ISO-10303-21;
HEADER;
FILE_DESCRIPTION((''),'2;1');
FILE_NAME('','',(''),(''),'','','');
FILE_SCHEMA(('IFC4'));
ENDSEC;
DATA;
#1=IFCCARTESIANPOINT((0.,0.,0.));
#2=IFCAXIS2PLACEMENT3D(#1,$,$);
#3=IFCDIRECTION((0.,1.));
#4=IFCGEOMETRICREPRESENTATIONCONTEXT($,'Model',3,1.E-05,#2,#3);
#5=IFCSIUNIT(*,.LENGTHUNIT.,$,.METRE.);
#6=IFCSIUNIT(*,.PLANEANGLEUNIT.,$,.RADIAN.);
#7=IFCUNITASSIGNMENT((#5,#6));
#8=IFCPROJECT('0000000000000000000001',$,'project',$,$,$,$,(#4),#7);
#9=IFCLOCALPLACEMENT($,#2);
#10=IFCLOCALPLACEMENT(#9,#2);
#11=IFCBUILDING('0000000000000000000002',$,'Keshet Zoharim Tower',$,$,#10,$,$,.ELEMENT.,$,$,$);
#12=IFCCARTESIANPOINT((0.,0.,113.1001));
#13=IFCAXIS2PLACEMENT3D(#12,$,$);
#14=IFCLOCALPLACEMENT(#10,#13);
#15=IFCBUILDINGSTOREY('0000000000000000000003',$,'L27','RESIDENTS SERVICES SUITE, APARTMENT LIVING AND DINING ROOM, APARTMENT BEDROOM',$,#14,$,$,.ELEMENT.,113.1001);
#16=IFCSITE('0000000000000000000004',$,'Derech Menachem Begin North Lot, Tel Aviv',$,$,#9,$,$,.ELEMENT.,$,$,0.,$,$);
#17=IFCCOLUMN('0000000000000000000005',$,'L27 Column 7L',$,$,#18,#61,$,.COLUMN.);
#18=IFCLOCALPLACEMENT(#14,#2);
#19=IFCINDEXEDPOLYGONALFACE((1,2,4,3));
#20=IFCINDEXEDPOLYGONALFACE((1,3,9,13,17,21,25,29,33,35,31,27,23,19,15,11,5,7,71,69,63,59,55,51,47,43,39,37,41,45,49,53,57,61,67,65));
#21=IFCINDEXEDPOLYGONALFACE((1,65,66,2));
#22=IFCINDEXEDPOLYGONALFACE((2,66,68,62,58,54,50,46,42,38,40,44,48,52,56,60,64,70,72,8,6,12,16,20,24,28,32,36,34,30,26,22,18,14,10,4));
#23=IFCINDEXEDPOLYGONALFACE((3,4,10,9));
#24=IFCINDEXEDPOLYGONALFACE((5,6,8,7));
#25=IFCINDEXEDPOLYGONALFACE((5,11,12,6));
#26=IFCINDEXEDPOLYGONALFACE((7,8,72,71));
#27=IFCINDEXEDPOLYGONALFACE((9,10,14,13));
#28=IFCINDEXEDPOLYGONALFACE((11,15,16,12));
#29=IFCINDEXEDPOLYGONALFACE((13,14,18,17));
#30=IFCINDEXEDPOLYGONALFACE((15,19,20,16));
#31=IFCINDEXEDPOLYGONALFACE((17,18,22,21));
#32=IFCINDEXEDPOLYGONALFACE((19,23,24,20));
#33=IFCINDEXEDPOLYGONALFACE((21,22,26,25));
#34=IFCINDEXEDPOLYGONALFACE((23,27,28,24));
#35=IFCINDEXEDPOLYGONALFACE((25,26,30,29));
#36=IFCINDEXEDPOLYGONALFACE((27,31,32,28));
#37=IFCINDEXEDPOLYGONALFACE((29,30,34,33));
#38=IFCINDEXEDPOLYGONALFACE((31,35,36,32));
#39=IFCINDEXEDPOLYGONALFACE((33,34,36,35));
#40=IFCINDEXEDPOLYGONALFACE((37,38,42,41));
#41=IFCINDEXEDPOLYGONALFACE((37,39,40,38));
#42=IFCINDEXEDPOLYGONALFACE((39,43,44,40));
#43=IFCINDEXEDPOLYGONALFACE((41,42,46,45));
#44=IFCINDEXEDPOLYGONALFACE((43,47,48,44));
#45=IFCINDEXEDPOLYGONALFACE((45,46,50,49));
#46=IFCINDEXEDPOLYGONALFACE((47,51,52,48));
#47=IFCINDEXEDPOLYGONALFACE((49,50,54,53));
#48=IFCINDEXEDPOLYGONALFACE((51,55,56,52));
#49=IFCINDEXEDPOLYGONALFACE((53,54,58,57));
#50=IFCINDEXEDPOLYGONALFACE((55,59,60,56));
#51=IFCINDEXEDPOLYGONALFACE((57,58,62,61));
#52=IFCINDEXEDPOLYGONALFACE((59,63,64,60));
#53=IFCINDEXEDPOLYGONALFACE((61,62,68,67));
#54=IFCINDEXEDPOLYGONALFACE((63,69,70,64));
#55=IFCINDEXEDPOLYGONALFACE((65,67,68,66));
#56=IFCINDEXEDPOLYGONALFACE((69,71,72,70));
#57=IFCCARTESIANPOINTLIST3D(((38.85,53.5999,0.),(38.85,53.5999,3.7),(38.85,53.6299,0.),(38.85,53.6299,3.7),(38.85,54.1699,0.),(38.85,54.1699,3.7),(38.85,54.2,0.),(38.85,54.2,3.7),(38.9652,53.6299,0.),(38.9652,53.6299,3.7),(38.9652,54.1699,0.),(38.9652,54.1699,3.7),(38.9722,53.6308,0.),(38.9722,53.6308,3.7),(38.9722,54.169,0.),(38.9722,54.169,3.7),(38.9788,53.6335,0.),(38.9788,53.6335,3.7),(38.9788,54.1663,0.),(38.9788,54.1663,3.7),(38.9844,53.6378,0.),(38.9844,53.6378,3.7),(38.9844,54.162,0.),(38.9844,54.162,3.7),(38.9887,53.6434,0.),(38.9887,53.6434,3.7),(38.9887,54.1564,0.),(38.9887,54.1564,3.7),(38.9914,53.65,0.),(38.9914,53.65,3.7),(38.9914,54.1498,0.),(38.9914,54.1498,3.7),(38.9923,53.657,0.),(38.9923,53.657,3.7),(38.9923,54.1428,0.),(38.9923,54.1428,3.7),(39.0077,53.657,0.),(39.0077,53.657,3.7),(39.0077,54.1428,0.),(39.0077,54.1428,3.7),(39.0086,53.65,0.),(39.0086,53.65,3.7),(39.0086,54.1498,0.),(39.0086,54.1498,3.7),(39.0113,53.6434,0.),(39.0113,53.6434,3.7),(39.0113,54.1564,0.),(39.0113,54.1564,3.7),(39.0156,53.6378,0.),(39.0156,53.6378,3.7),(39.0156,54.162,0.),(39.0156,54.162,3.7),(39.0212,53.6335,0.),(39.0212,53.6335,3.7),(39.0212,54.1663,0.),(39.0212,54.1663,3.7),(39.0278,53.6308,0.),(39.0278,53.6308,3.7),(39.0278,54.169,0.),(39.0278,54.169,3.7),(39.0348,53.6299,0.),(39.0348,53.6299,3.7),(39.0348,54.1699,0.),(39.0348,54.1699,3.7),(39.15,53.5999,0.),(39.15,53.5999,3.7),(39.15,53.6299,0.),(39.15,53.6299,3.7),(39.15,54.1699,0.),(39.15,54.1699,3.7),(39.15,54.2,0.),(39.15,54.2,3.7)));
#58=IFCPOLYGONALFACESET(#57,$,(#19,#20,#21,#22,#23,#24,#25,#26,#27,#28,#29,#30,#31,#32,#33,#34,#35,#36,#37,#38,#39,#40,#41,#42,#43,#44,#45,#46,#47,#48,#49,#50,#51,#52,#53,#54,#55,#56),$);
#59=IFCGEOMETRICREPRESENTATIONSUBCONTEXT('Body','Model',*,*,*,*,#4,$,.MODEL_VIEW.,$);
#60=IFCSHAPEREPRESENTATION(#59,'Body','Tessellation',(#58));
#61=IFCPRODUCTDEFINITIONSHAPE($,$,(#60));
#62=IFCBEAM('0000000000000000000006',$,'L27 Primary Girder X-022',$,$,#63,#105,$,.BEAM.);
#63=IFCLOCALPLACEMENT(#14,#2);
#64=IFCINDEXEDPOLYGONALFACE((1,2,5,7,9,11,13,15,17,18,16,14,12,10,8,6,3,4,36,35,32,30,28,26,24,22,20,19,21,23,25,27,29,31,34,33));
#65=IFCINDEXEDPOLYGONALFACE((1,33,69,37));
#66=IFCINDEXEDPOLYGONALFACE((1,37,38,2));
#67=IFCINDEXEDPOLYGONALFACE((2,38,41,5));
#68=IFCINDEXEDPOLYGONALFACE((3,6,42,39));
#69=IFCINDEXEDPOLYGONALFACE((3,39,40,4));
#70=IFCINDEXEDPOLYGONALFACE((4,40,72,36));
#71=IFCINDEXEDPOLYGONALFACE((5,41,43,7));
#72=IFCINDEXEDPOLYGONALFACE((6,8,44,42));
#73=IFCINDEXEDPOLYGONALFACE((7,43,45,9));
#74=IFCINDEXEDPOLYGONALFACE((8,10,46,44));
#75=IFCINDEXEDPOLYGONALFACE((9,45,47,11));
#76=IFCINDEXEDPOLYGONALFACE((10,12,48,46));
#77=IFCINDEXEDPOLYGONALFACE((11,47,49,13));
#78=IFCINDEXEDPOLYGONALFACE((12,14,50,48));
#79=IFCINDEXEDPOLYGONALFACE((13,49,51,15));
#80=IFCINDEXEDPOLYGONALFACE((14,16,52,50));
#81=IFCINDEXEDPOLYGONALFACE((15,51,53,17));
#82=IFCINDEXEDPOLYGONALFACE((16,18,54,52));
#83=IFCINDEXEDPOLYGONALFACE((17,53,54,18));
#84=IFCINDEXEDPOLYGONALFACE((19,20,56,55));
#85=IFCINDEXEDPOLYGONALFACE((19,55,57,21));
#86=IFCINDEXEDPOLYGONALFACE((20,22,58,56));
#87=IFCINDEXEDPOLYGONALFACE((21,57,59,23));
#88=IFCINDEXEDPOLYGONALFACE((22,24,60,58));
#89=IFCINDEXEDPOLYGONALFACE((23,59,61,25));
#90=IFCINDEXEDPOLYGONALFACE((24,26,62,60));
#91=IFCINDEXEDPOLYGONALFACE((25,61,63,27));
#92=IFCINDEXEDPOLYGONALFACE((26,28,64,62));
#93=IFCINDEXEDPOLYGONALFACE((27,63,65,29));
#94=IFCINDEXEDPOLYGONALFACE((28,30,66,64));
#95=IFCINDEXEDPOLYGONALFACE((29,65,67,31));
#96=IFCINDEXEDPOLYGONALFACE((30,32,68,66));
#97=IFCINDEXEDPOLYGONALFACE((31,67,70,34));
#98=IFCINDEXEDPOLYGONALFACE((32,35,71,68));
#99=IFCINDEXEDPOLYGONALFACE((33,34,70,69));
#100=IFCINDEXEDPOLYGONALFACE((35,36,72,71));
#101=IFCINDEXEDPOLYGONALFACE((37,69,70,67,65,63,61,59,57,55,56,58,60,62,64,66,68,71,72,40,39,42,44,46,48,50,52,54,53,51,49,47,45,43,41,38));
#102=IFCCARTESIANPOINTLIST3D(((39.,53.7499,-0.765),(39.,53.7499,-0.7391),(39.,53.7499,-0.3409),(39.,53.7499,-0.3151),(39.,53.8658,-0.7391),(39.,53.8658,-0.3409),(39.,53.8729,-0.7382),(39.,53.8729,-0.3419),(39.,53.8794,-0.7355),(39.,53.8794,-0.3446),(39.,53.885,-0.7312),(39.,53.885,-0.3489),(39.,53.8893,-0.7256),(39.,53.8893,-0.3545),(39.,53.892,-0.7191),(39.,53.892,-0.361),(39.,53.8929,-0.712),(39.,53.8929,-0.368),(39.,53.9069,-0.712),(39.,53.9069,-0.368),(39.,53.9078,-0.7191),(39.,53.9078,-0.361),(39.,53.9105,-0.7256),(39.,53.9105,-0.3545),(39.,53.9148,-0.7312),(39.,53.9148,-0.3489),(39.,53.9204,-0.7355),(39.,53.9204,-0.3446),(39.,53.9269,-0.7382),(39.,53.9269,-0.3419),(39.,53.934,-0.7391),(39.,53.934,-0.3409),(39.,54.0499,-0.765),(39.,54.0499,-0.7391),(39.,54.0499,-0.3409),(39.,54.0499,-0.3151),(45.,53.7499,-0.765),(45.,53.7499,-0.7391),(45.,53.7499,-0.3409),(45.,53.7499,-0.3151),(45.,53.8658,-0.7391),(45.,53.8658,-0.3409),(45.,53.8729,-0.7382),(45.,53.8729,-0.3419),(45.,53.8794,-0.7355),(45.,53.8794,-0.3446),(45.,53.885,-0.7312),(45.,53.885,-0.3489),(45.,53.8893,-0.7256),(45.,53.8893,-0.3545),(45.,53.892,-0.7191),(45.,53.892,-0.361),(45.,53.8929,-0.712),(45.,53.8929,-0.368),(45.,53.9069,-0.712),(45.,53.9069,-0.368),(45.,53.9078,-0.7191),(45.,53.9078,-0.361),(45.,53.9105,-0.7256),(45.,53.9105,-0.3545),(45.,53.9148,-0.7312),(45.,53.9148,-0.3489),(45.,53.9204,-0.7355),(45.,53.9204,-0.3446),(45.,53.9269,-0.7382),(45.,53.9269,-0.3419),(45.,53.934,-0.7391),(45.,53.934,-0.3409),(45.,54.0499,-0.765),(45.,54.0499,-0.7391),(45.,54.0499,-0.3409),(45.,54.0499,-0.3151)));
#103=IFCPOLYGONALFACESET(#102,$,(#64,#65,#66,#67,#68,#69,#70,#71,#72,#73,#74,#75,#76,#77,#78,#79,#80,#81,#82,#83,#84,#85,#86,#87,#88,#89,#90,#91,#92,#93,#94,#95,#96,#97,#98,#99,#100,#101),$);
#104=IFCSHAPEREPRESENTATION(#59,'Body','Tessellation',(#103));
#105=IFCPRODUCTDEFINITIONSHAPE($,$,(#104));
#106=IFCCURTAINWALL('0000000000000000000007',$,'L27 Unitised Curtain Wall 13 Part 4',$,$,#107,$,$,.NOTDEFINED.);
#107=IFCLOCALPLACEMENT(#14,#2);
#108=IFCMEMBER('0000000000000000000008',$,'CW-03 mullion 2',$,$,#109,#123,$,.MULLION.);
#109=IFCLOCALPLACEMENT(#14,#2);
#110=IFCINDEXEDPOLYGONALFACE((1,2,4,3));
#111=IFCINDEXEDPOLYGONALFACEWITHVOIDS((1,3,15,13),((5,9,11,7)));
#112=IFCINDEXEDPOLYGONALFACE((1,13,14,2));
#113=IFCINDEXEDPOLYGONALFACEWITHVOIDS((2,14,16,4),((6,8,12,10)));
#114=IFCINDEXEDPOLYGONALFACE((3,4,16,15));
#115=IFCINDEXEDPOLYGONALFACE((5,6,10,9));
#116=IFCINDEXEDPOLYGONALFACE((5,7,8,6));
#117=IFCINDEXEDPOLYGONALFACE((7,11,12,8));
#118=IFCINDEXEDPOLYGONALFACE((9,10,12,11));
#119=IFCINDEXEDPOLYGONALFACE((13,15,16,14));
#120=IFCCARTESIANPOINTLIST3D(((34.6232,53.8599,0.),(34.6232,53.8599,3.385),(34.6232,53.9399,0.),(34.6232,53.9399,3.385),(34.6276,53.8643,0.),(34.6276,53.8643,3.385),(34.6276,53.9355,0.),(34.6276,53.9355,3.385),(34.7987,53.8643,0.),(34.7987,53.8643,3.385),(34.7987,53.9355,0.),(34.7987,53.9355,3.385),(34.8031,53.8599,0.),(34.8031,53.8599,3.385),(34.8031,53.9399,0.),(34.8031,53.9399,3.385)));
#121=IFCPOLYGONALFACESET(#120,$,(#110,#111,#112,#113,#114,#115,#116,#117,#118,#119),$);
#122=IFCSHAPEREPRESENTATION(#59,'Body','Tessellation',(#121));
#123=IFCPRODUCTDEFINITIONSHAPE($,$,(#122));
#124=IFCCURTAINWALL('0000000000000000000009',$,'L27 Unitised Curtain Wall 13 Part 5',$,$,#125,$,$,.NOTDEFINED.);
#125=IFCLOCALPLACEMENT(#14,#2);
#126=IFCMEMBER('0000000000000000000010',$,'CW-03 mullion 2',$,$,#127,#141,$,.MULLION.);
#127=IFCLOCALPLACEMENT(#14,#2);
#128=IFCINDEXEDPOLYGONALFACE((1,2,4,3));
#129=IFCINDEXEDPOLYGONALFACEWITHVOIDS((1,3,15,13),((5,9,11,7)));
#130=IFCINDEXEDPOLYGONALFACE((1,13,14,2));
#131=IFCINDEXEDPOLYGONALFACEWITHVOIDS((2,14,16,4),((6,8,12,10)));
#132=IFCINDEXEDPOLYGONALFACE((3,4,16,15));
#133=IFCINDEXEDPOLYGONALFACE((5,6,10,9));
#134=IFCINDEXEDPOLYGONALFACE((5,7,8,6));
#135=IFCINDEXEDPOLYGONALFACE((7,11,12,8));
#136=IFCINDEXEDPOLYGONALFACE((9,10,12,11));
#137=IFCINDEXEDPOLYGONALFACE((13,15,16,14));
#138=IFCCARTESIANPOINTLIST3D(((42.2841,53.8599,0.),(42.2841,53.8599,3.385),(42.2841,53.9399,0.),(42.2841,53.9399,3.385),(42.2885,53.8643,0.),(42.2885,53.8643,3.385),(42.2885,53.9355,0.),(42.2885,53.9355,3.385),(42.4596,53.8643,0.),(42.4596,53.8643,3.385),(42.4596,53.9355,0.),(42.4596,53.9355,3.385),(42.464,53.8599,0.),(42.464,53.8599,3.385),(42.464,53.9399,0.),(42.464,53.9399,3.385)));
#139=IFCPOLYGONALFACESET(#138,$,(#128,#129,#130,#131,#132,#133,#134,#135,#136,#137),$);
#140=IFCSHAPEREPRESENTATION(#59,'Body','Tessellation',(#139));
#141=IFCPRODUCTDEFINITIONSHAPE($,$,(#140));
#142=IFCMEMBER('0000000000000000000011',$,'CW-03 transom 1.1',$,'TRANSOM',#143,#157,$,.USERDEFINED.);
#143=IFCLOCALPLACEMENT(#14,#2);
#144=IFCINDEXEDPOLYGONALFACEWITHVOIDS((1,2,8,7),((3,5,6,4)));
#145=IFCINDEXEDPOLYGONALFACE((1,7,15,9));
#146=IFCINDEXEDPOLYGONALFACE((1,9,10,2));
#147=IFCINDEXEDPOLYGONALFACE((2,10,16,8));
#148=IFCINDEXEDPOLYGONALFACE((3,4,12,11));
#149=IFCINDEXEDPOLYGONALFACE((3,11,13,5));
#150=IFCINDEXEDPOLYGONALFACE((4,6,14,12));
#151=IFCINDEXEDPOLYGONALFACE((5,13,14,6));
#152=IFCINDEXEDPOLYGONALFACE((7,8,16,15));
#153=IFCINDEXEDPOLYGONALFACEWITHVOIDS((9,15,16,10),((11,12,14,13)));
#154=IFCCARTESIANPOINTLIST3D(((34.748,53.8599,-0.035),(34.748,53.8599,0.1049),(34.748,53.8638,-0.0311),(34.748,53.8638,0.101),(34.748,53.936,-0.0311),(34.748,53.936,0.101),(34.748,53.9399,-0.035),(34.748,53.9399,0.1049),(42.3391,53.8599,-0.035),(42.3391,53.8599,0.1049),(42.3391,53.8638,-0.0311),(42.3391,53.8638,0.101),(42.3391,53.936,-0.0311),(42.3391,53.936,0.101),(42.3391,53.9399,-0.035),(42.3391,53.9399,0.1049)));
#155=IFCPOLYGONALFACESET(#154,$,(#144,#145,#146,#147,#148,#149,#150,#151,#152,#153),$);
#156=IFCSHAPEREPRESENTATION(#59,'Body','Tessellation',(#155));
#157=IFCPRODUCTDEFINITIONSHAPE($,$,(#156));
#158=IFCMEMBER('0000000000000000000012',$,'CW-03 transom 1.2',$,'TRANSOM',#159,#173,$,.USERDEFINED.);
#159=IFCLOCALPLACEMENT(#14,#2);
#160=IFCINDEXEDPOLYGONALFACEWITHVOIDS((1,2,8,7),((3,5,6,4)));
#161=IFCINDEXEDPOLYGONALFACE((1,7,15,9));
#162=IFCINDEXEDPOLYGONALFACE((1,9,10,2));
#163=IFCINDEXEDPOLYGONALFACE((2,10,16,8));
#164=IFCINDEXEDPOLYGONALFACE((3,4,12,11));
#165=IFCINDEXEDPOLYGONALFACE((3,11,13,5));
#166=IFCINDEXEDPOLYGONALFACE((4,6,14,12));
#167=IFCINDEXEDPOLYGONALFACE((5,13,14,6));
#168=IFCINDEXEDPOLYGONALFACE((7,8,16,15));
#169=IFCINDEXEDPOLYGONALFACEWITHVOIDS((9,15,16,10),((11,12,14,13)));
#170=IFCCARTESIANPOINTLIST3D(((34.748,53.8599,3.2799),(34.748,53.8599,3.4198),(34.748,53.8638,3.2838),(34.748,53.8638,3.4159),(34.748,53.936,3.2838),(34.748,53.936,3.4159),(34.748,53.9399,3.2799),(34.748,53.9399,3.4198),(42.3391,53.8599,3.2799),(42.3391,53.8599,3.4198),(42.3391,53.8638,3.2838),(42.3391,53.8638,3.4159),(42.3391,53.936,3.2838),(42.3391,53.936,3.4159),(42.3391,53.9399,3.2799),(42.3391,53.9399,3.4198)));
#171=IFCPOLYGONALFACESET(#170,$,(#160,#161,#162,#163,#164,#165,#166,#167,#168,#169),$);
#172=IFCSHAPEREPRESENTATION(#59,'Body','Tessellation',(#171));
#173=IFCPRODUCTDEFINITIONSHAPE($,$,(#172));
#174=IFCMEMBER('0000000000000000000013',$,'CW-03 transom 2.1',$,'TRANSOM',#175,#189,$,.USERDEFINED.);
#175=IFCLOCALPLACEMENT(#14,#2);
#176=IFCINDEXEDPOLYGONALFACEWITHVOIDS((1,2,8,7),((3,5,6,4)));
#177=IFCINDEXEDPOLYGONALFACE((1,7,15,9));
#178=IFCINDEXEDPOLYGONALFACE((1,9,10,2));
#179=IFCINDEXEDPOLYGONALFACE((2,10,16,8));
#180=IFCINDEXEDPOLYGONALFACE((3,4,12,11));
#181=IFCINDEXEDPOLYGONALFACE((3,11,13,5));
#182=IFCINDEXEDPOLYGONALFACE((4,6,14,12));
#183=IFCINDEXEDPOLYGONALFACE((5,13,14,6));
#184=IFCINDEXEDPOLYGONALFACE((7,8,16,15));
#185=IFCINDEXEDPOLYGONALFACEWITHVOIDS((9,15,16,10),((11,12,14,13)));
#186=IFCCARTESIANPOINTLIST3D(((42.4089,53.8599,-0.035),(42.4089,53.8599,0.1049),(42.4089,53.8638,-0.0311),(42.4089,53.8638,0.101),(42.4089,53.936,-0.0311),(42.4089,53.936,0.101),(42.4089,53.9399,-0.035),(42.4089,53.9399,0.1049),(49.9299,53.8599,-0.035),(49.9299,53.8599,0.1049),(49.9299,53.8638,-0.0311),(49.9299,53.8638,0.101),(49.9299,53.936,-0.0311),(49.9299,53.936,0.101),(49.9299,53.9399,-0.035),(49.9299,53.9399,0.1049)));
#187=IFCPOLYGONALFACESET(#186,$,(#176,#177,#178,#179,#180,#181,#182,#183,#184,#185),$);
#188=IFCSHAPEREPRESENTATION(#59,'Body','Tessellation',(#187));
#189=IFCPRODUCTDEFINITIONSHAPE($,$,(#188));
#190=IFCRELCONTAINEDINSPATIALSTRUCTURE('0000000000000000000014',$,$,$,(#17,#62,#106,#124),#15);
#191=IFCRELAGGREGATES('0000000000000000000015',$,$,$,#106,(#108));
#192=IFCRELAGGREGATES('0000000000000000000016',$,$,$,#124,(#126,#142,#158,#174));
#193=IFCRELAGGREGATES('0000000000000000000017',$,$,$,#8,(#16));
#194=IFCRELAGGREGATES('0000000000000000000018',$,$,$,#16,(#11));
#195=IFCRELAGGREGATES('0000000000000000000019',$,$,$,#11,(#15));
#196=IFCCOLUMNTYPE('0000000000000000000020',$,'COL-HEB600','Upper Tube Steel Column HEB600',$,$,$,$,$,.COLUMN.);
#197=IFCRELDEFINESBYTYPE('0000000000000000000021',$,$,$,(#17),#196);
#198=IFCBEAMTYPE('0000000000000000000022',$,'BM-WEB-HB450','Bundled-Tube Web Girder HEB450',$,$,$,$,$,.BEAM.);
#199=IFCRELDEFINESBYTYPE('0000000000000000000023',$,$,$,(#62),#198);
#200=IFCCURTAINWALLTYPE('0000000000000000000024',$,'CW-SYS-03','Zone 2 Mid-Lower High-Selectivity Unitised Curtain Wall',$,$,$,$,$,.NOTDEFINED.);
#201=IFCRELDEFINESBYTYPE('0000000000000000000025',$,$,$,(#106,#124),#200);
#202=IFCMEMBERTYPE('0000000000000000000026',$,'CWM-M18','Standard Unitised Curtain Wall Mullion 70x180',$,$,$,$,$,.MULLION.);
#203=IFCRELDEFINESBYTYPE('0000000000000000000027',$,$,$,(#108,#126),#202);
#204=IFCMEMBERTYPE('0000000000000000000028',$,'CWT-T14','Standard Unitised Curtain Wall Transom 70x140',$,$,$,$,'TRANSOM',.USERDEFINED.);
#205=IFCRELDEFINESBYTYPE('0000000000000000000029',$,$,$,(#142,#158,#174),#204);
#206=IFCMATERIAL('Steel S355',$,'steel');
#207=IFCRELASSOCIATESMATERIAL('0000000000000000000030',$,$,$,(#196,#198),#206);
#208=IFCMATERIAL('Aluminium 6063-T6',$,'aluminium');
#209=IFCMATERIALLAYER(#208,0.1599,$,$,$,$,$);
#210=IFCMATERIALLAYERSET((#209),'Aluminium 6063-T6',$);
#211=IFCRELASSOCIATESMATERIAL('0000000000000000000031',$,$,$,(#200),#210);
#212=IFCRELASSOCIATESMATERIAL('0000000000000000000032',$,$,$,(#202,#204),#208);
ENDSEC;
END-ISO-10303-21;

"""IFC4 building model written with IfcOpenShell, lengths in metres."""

from ifc_helpers import new_model, si_unit, direction, frame, origin, origin_2d, place, context, subcontext, project, spatial, hollow_rectangle, i_section, extrude, material, layer, layer_set, material_profile, profile_set, type_object, element, aggregate, save


model = new_model("IFC4")

# Units and contexts
model_context = context("Model", 3, precision=1e-05, world=origin(), true_north=direction((0.0, 1.0)))
body_context = subcontext(model_context, "Body", "Model", "MODEL_VIEW")
ifc_project = project(units=[si_unit("LENGTHUNIT", "METRE"), si_unit("PLANEANGLEUNIT", "RADIAN")], contexts=[model_context])

# Site, building, storey
site_placement = place(None, origin())
site = spatial("IfcSite", under=ifc_project, at=site_placement, Name="Derech Menachem Begin North Lot, Tel Aviv", CompositionType="ELEMENT", RefElevation=0.0)
building_placement = place(site_placement, origin())
building = spatial("IfcBuilding", under=site, at=building_placement, Name="Keshet Zoharim Tower", CompositionType="ELEMENT")
storey_placement = place(building_placement, frame((0.0, 0.0, 113.1001)))
storey = spatial("IfcBuildingStorey", under=building, at=storey_placement, Name="L27", Description="RESIDENTS SERVICES SUITE, APARTMENT LIVING AND DINING ROOM, APARTMENT BEDROOM", CompositionType="ELEMENT", Elevation=113.1001)

# Column
ifc_material_1 = material(Name="Steel S355", Category="steel")
ifc_material_profile_1 = material_profile(ifc_material_1, i_section(OverallWidth=0.3, OverallDepth=0.6001, WebThickness=0.0154, FlangeThickness=0.03, FilletRadius=0.0271, at=origin_2d()), Name="HEB600")
ifc_profile_set_1 = profile_set([ifc_material_profile_1], Name="Steel S355")
column_type = type_object("IfcColumnType", Name="COL-HEB600", Description="Upper Tube Steel Column HEB600", PredefinedType="COLUMN", material=ifc_profile_set_1)
column_placement = place(storey_placement, frame((39.0, 53.8999, 0.0), z_axis=(0.0, 0.0, 1.0), x_axis=(1.0, 0.0, 0.0)))
element("IfcColumn", 1, at=column_placement, inside=storey, type_object=column_type, Name="L27 Column 7L", PredefinedType="COLUMN", context=body_context, shape_type="SweptSolid", body=[
    extrude(i_section(OverallWidth=0.3, OverallDepth=0.6001, WebThickness=0.0154, FlangeThickness=0.03, FilletRadius=0.0271, at=origin_2d()), origin(), (0.0, 0.0, 1.0), 3.7),
])

# Beam
ifc_material_profile_2 = material_profile(ifc_material_1, i_section(OverallWidth=0.3, OverallDepth=0.45, WebThickness=0.0139, FlangeThickness=0.0259, FilletRadius=0.0271, at=origin_2d()), Name="HEB450")
ifc_profile_set_2 = profile_set([ifc_material_profile_2], Name="Steel S355")
beam_type = type_object("IfcBeamType", Name="BM-WEB-HB450", Description="Bundled-Tube Web Girder HEB450", PredefinedType="BEAM", material=ifc_profile_set_2)
beam_placement = place(storey_placement, frame((39.0, 53.8999, -0.54), z_axis=(1.0, 0.0, 0.0), x_axis=(0.0, 1.0, 0.0)))
element("IfcBeam", 2, at=beam_placement, inside=storey, type_object=beam_type, Name="L27 Primary Girder X-022", PredefinedType="BEAM", context=body_context, shape_type="SweptSolid", body=[
    extrude(i_section(OverallWidth=0.3, OverallDepth=0.45, WebThickness=0.0139, FlangeThickness=0.0259, FilletRadius=0.0271, at=origin_2d()), origin(), (0.0, 0.0, 1.0), 6.0),
])

# Curtain wall, member
ifc_material_2 = material(Name="Aluminium 6063-T6", Category="aluminium")
ifc_layer_1 = layer(ifc_material_2, 0.1599)
ifc_layer_set_1 = layer_set([ifc_layer_1], Name="Aluminium 6063-T6")
curtain_wall_type = type_object("IfcCurtainWallType", Name="CW-SYS-03", Description="Zone 2 Mid-Lower High-Selectivity Unitised Curtain Wall", PredefinedType="NOTDEFINED", material=ifc_layer_set_1)
curtain_wall_1_placement = place(storey_placement, origin())
curtain_wall_1 = element("IfcCurtainWall", 3, at=curtain_wall_1_placement, inside=storey, type_object=curtain_wall_type, Name="L27 Unitised Curtain Wall 13 Part 4", PredefinedType="NOTDEFINED")
ifc_material_profile_3 = material_profile(ifc_material_2, hollow_rectangle(XDim=0.0801, YDim=0.1799, WallThickness=0.0044, at=origin_2d()), Name="MUL-80x180")
ifc_profile_set_3 = profile_set([ifc_material_profile_3], Name="Aluminium 6063-T6")
member_type_1 = type_object("IfcMemberType", Name="CWM-M18", Description="Standard Unitised Curtain Wall Mullion 70x180", PredefinedType="MULLION", material=ifc_profile_set_3)
member_1_placement = place(storey_placement, frame((34.7131, 53.8999, 0.0), z_axis=(0.0, 0.0, 1.0), x_axis=(0.0, 1.0, 0.0)))
member_1 = element("IfcMember", 4, at=member_1_placement, type_object=member_type_1, Name="CW-03 mullion 2", PredefinedType="MULLION", context=body_context, shape_type="SweptSolid", body=[
    extrude(hollow_rectangle(XDim=0.0801, YDim=0.1799, WallThickness=0.0044, at=origin_2d()), origin(), (0.0, 0.0, 1.0), 3.385),
])
aggregate(curtain_wall_1, [member_1])

# Curtain wall, members
curtain_wall_2_placement = place(storey_placement, origin())
curtain_wall_2 = element("IfcCurtainWall", 5, at=curtain_wall_2_placement, inside=storey, type_object=curtain_wall_type, Name="L27 Unitised Curtain Wall 13 Part 5", PredefinedType="NOTDEFINED")
member_2_placement = place(storey_placement, frame((42.374, 53.8999, 0.0), z_axis=(0.0, 0.0, 1.0), x_axis=(0.0, 1.0, 0.0)))
member_2 = element("IfcMember", 6, at=member_2_placement, type_object=member_type_1, Name="CW-03 mullion 2", PredefinedType="MULLION", context=body_context, shape_type="SweptSolid", body=[
    extrude(hollow_rectangle(XDim=0.0801, YDim=0.1799, WallThickness=0.0044, at=origin_2d()), origin(), (0.0, 0.0, 1.0), 3.385),
])
ifc_material_profile_4 = material_profile(ifc_material_2, hollow_rectangle(XDim=0.0801, YDim=0.1399, WallThickness=0.0039, at=origin_2d()), Name="TRN-80x140")
ifc_profile_set_4 = profile_set([ifc_material_profile_4], Name="Aluminium 6063-T6")
member_type_2 = type_object("IfcMemberType", Name="CWT-T14", Description="Standard Unitised Curtain Wall Transom 70x140", ElementType="TRANSOM", PredefinedType="USERDEFINED", material=ifc_profile_set_4)
member_3_placement = place(storey_placement, frame((34.748, 53.8999, 0.0349), z_axis=(1.0, 0.0, 0.0), x_axis=(0.0, 1.0, 0.0)))
member_3 = element("IfcMember", 7, at=member_3_placement, type_object=member_type_2, Name="CW-03 transom 1.1", ObjectType="TRANSOM", PredefinedType="USERDEFINED", context=body_context, shape_type="SweptSolid", body=[
    extrude(hollow_rectangle(XDim=0.0801, YDim=0.1399, WallThickness=0.0039, at=origin_2d()), origin(), (0.0, 0.0, 1.0), 7.5911),
])
member_4_placement = place(storey_placement, frame((34.748, 53.8999, 3.3499), z_axis=(1.0, 0.0, 0.0), x_axis=(0.0, 1.0, 0.0)))
member_4 = element("IfcMember", 8, at=member_4_placement, type_object=member_type_2, Name="CW-03 transom 1.2", ObjectType="TRANSOM", PredefinedType="USERDEFINED", context=body_context, shape_type="SweptSolid", body=[
    extrude(hollow_rectangle(XDim=0.0801, YDim=0.1399, WallThickness=0.0039, at=origin_2d()), origin(), (0.0, 0.0, 1.0), 7.5911),
])
member_5_placement = place(storey_placement, frame((42.4089, 53.8999, 0.0349), z_axis=(1.0, 0.0, 0.0), x_axis=(0.0, 1.0, 0.0)))
member_5 = element("IfcMember", 9, at=member_5_placement, type_object=member_type_2, Name="CW-03 transom 2.1", ObjectType="TRANSOM", PredefinedType="USERDEFINED", context=body_context, shape_type="SweptSolid", body=[
    extrude(hollow_rectangle(XDim=0.0801, YDim=0.1399, WallThickness=0.0039, at=origin_2d()), origin(), (0.0, 0.0, 1.0), 7.521),
])
aggregate(curtain_wall_2, [member_2, member_3, member_4, member_5])

save(model, "model.ifc")
